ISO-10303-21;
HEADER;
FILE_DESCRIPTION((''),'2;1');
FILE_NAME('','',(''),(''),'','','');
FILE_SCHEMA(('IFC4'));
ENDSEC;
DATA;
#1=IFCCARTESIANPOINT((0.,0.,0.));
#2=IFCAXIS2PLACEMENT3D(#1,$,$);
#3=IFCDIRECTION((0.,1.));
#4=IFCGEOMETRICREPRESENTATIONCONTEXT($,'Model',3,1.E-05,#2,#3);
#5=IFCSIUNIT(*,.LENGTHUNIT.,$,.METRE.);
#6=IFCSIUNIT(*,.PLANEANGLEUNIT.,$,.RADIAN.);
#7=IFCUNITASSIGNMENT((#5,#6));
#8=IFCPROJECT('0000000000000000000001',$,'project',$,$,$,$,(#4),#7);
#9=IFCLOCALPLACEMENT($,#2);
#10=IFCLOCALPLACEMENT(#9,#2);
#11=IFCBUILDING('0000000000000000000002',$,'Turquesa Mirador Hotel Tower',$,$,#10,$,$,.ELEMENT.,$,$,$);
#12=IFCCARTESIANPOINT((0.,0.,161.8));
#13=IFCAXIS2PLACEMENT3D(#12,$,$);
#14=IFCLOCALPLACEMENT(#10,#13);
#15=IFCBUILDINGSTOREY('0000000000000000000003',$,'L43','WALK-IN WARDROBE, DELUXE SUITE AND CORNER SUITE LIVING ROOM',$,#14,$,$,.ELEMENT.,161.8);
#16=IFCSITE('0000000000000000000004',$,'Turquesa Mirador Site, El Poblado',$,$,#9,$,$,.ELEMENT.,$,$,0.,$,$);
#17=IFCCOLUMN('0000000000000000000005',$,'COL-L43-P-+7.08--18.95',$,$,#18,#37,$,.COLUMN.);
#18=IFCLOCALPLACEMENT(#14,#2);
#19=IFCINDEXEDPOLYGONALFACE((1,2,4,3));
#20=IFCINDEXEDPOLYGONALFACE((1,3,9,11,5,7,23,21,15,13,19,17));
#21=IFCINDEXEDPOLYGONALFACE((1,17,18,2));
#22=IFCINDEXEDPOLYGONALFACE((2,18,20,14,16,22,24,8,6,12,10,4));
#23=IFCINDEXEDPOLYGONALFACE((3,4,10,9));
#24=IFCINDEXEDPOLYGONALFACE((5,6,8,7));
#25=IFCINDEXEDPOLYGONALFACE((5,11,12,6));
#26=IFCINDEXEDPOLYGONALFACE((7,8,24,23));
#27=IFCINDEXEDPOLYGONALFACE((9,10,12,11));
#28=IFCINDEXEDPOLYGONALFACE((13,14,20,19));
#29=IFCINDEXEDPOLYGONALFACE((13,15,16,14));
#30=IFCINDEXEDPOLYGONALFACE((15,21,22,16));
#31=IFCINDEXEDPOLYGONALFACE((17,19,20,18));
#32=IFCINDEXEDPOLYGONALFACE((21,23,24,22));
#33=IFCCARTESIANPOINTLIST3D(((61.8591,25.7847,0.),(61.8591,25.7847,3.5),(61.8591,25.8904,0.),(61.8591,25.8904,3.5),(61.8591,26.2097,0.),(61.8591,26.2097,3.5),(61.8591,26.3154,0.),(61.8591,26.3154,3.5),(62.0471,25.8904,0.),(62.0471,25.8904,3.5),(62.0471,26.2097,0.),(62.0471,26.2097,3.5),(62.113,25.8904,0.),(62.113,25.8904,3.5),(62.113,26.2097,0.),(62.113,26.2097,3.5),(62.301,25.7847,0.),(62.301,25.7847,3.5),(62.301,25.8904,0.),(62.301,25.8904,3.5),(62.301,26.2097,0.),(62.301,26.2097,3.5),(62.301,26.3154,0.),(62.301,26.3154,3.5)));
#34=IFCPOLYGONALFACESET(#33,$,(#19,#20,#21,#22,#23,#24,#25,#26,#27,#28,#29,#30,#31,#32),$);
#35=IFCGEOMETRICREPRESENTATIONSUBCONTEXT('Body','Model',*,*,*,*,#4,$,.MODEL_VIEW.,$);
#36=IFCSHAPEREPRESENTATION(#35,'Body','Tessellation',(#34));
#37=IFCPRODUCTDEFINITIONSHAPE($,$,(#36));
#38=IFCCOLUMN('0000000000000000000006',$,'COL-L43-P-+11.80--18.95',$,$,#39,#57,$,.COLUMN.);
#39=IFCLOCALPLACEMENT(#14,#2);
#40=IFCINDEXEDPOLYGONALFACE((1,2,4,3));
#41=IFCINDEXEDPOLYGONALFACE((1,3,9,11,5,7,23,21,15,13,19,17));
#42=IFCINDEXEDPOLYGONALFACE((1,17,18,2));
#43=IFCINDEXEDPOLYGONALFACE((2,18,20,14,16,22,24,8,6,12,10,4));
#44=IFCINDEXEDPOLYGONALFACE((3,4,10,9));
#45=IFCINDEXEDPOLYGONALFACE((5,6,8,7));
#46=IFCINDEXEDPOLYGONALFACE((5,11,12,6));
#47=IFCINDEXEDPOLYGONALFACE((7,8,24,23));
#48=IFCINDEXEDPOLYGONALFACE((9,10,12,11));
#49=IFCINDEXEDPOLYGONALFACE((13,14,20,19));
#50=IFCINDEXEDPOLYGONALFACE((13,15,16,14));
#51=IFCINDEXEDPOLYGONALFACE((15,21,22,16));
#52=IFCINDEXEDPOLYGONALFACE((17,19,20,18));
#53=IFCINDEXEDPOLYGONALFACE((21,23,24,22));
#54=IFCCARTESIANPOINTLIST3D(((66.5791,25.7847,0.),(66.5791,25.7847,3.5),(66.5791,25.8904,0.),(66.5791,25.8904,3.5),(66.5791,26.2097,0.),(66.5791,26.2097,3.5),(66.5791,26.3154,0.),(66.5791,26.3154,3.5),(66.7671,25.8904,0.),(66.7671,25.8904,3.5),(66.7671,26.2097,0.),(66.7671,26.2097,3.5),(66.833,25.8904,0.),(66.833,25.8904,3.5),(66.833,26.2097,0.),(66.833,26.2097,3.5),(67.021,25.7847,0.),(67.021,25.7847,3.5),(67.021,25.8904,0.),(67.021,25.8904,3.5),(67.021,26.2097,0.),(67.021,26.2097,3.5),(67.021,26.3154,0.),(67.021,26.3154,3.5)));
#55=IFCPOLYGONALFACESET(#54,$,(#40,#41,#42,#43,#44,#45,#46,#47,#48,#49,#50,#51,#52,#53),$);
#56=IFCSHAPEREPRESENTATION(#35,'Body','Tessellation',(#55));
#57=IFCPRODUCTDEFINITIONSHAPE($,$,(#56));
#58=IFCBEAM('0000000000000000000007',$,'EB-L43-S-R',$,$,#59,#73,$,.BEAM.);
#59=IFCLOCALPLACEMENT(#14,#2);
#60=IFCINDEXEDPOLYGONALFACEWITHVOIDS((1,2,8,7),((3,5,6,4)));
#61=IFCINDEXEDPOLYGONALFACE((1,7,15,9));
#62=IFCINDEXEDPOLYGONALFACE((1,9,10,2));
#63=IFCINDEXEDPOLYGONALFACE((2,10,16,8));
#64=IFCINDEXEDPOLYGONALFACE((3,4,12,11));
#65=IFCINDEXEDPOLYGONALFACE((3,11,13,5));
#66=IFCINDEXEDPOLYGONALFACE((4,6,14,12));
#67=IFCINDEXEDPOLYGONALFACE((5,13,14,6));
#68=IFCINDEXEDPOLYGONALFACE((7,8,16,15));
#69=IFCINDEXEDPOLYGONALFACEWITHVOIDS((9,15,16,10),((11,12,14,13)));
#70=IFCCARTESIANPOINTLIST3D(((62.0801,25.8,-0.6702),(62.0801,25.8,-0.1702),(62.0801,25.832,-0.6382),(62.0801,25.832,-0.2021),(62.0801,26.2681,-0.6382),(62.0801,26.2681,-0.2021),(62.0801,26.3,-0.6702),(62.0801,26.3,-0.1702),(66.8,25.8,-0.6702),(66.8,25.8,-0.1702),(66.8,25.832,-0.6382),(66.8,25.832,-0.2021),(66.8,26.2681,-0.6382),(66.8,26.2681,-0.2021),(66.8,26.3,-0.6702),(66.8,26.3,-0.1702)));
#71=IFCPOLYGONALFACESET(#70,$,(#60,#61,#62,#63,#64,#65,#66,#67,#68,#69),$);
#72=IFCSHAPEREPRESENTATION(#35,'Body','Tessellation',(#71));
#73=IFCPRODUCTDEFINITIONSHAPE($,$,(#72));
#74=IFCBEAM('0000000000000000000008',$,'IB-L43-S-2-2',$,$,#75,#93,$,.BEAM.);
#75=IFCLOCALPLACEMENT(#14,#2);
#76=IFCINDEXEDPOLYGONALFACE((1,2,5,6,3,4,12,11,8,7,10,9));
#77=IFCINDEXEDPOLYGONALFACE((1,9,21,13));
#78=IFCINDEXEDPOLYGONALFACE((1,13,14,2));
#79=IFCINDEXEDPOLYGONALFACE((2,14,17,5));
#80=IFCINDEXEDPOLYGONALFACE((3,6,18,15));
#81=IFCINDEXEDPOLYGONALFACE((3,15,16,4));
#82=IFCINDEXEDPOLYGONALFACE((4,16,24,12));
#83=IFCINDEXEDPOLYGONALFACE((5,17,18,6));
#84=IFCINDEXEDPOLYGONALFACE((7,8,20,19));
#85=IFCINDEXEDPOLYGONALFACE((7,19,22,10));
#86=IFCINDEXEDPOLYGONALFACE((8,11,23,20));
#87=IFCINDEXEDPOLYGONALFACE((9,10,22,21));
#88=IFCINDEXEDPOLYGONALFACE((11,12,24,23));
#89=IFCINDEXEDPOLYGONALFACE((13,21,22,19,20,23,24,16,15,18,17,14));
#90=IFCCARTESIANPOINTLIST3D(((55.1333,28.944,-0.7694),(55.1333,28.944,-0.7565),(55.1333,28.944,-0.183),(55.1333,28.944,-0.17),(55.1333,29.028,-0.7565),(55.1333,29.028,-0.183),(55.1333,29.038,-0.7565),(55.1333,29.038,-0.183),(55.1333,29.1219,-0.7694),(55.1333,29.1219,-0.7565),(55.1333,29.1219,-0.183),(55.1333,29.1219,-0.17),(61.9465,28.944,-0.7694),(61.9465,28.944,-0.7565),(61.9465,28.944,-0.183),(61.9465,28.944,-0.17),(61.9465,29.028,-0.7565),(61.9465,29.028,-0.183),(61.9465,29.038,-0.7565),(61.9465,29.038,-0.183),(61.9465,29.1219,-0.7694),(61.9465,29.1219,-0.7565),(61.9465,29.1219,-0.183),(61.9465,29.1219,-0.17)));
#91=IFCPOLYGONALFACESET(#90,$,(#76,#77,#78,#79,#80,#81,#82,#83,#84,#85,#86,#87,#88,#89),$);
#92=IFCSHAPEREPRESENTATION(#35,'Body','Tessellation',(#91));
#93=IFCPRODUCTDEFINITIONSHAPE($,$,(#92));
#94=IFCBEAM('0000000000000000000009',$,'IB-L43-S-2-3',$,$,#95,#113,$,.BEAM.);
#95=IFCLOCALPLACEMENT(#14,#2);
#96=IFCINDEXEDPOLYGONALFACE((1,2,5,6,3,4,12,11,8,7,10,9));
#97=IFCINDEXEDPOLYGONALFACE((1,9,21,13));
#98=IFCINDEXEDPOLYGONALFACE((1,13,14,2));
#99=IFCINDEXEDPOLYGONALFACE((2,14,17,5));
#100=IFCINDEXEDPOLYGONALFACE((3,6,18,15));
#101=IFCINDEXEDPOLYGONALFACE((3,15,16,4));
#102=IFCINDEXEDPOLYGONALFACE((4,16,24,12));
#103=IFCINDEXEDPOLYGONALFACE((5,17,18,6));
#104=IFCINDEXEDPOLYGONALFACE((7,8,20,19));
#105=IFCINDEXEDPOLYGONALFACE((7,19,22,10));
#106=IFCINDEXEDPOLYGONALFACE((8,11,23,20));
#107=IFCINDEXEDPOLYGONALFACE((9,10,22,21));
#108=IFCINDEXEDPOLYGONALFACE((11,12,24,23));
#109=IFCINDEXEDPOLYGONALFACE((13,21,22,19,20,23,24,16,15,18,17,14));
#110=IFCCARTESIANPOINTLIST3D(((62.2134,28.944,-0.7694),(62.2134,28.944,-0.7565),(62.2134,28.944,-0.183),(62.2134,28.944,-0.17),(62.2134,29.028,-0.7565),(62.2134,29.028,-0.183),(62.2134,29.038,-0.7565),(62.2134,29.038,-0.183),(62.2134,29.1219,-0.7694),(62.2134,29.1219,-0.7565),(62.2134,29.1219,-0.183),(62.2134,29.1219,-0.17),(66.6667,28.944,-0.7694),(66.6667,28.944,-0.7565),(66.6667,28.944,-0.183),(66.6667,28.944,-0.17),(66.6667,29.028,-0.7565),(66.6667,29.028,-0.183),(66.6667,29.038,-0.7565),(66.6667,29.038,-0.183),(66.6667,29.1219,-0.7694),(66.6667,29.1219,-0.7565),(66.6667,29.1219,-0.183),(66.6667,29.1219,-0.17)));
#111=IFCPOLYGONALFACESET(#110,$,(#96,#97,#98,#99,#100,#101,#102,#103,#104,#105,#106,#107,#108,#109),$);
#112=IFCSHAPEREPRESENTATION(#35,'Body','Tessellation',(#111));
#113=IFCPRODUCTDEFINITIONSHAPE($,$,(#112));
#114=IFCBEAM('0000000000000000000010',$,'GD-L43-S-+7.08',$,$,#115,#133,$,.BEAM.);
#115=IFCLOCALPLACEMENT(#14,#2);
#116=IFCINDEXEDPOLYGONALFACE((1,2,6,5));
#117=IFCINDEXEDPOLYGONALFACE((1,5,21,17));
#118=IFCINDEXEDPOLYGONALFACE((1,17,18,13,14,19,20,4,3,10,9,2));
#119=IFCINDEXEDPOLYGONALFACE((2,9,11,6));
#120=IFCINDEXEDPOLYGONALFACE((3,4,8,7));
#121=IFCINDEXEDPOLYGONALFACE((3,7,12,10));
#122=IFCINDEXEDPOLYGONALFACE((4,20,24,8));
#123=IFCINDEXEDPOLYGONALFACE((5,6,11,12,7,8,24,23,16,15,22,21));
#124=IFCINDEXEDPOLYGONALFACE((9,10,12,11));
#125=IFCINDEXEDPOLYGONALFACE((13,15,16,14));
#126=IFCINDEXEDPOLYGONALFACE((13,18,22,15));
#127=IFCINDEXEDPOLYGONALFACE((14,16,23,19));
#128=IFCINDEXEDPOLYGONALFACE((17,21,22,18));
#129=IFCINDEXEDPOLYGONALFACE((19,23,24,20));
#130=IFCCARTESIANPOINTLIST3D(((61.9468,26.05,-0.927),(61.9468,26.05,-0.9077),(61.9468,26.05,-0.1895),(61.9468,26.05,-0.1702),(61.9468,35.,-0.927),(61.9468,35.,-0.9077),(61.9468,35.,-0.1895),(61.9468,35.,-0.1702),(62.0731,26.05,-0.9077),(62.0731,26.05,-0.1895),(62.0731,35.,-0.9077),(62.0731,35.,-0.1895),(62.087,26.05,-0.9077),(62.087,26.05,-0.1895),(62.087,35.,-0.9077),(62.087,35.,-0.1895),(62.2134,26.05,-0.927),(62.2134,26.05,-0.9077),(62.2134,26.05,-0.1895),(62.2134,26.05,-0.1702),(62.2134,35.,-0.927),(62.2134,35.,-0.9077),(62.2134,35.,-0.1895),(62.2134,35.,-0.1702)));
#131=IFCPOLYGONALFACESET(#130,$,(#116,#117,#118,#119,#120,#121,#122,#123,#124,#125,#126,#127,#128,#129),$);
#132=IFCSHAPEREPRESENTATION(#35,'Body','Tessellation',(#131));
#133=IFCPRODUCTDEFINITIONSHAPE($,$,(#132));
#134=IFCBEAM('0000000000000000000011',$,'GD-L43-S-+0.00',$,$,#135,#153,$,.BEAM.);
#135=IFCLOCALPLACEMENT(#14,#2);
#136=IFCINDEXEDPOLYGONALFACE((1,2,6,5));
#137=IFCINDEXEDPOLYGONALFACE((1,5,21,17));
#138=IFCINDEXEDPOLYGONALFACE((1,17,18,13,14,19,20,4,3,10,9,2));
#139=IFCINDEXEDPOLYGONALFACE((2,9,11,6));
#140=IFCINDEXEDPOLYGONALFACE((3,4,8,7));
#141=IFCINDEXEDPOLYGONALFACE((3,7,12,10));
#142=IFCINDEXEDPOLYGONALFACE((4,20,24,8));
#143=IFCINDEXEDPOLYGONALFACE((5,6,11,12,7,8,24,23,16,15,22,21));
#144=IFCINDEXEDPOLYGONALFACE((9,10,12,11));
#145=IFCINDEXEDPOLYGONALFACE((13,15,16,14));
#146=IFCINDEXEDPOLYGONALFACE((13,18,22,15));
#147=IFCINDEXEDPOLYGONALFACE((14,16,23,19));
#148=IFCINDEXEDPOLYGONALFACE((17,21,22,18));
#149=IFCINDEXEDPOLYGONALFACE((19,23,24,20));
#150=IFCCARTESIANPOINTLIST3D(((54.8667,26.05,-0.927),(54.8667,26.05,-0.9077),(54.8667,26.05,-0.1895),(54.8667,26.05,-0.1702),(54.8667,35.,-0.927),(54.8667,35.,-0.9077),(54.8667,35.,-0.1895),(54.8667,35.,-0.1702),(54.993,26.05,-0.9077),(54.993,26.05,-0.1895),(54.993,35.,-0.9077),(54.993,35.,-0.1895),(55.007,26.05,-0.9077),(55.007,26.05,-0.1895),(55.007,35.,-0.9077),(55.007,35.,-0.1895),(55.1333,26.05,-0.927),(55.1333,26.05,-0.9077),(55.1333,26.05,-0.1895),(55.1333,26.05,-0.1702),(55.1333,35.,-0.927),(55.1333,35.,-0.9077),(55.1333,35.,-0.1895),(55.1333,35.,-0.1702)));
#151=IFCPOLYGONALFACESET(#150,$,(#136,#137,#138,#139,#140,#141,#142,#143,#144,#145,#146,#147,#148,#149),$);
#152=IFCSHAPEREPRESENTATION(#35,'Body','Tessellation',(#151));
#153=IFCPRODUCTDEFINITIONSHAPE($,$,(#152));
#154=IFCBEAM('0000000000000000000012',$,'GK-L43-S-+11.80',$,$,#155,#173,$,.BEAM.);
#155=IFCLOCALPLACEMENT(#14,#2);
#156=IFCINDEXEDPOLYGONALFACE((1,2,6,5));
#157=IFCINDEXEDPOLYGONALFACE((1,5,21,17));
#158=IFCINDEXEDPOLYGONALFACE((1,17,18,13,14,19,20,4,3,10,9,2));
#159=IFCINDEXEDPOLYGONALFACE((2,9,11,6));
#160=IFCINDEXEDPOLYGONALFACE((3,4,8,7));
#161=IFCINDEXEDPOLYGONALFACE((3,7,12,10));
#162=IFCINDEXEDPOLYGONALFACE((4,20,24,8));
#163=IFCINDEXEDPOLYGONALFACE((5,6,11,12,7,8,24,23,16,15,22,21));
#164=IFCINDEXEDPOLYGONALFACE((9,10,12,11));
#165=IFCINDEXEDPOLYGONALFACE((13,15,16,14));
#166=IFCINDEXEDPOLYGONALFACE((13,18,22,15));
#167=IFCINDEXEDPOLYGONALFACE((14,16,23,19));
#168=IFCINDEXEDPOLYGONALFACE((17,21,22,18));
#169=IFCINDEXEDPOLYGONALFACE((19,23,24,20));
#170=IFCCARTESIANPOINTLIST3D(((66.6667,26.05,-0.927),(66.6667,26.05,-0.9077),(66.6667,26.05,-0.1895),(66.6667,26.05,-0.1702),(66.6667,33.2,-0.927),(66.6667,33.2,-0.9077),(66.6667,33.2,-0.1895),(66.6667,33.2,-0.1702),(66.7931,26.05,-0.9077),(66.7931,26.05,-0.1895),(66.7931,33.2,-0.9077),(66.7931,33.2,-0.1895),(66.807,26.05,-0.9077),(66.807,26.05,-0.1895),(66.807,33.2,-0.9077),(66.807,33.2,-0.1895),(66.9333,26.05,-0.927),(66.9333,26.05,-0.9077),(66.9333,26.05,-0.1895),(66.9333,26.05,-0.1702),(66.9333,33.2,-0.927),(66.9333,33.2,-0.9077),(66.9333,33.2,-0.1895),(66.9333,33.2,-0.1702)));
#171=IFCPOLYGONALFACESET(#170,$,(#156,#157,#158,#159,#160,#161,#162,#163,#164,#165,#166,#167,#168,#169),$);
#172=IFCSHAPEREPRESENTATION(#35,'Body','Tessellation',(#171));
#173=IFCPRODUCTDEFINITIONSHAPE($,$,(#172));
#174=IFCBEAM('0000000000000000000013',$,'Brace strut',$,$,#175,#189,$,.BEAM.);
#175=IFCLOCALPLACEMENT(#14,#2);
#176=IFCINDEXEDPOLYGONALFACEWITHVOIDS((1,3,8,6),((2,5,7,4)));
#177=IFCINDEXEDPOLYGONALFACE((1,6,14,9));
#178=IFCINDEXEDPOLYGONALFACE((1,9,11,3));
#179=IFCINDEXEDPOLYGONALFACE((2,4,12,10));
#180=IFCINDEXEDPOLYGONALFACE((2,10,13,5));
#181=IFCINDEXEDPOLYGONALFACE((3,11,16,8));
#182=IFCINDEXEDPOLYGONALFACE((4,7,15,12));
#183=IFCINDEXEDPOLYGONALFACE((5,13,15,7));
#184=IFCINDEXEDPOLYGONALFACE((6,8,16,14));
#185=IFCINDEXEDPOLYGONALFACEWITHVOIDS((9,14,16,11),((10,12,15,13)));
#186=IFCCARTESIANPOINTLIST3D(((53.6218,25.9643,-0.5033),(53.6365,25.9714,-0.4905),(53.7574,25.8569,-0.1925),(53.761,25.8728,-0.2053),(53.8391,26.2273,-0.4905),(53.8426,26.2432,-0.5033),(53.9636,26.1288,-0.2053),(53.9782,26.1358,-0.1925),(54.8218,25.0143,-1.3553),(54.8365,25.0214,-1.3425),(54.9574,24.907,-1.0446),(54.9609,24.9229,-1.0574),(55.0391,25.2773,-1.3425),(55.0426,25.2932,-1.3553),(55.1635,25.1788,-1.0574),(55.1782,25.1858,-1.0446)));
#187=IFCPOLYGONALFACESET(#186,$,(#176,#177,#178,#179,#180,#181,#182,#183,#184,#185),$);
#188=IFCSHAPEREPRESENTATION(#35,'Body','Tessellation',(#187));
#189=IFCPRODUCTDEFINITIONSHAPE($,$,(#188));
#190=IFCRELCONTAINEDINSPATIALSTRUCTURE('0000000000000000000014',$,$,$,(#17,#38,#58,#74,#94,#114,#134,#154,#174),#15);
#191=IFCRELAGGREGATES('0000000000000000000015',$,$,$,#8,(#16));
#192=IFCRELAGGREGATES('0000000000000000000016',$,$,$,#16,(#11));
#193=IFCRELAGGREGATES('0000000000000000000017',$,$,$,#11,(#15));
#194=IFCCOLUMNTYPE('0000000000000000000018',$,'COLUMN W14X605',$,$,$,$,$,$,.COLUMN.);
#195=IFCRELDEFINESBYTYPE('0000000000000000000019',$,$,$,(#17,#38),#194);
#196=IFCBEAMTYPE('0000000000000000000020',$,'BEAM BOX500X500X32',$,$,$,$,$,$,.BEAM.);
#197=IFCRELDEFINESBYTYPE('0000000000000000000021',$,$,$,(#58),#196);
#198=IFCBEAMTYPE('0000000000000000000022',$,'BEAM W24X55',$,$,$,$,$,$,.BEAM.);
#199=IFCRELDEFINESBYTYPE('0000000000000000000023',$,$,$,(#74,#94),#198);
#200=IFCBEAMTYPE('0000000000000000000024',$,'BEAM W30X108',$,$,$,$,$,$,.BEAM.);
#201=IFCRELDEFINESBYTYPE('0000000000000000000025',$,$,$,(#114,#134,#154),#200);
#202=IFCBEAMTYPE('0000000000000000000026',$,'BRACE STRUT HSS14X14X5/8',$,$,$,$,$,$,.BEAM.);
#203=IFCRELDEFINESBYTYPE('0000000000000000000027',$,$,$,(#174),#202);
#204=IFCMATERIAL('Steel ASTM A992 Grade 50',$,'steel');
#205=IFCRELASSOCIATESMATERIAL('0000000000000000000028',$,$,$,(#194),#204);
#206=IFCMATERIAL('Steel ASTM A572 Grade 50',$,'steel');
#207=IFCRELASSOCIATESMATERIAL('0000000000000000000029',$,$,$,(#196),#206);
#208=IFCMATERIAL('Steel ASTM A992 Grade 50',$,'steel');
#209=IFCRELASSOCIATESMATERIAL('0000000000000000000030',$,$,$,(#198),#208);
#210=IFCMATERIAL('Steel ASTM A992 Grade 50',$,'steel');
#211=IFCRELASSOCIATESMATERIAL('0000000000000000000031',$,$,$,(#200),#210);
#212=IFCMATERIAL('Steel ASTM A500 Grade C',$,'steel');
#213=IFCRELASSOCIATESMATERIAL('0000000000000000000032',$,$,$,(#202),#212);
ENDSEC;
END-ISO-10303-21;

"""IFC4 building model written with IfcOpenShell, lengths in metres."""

from ifc_helpers import new_model, si_unit, direction, frame, origin, origin_2d, place, context, subcontext, project, spatial, hollow_rectangle, i_section, extrude, material, material_profile, profile_set, type_object, element, save


model = new_model("IFC4")

# Units and contexts
model_context = context("Model", 3, precision=1e-05, world=origin(), true_north=direction((0.0, 1.0)))
body_context = subcontext(model_context, "Body", "Model", "MODEL_VIEW")
ifc_project = project(units=[si_unit("LENGTHUNIT", "METRE"), si_unit("PLANEANGLEUNIT", "RADIAN")], contexts=[model_context])

# Site, building, storey
site_placement = place(None, origin())
site = spatial("IfcSite", under=ifc_project, at=site_placement, Name="Turquesa Mirador Site, El Poblado", CompositionType="ELEMENT", RefElevation=0.0)
building_placement = place(site_placement, origin())
building = spatial("IfcBuilding", under=site, at=building_placement, Name="Turquesa Mirador Hotel Tower", CompositionType="ELEMENT")
storey_placement = place(building_placement, frame((0.0, 0.0, 161.8)))
storey = spatial("IfcBuildingStorey", under=building, at=storey_placement, Name="L43", Description="WALK-IN WARDROBE, DELUXE SUITE AND CORNER SUITE LIVING ROOM", CompositionType="ELEMENT", Elevation=161.8)

# Columns
ifc_material_1 = material(Name="Steel ASTM A992 Grade 50", Category="steel")
ifc_material_profile_1 = material_profile(ifc_material_1, i_section(OverallWidth=0.4419, OverallDepth=0.5308, WebThickness=0.0659, FlangeThickness=0.1057, at=origin_2d()), Name="W14X605")
ifc_profile_set_1 = profile_set([ifc_material_profile_1], Name="Steel ASTM A992 Grade 50")
column_type = type_object("IfcColumnType", Name="COLUMN W14X605", PredefinedType="COLUMN", material=ifc_profile_set_1)
for number, where, z_axis, x_axis, name in (
    (1, (62.0801, 26.05, 0.0), (0.0, 0.0, 1.0), (1.0, 0.0, 0.0), "COL-L43-P-+7.08--18.95"),
    (2, (66.8, 26.05, 0.0), (0.0, 0.0, 1.0), (1.0, 0.0, 0.0), "COL-L43-P-+11.80--18.95"),
):
    element("IfcColumn", number, at=place(storey_placement, frame(where, z_axis=z_axis, x_axis=x_axis)), inside=storey, type_object=column_type, Name=name, PredefinedType="COLUMN", context=body_context, shape_type="SweptSolid", body=[
        extrude(i_section(OverallWidth=0.4419, OverallDepth=0.5308, WebThickness=0.0659, FlangeThickness=0.1057, at=origin_2d()), origin(), (0.0, 0.0, 1.0), 3.5),
    ])

# Beams
ifc_material_2 = material(Name="Steel ASTM A572 Grade 50", Category="steel")
ifc_material_profile_2 = material_profile(ifc_material_2, hollow_rectangle(XDim=0.5, YDim=0.5, WallThickness=0.032, at=origin_2d()), Name="BOX500X500X32")
ifc_profile_set_2 = profile_set([ifc_material_profile_2], Name="Steel ASTM A572 Grade 50")
beam_type_1 = type_object("IfcBeamType", Name="BEAM BOX500X500X32", PredefinedType="BEAM", material=ifc_profile_set_2)
beam_1_placement = place(storey_placement, frame((62.0801, 26.05, -0.4202), z_axis=(1.0, 0.0, 0.0), x_axis=(0.0, 1.0, 0.0)))
element("IfcBeam", 3, at=beam_1_placement, inside=storey, type_object=beam_type_1, Name="EB-L43-S-R", PredefinedType="BEAM", context=body_context, shape_type="SweptSolid", body=[
    extrude(hollow_rectangle(XDim=0.5, YDim=0.5, WallThickness=0.032, at=origin_2d()), origin(), (0.0, 0.0, 1.0), 4.72),
])
ifc_material_3 = material(Name="Steel ASTM A992 Grade 50", Category="steel")
ifc_material_profile_3 = material_profile(ifc_material_3, i_section(OverallWidth=0.178, OverallDepth=0.5994, WebThickness=0.01, FlangeThickness=0.0129, at=origin_2d()), Name="W24X55")
ifc_profile_set_3 = profile_set([ifc_material_profile_3], Name="Steel ASTM A992 Grade 50")
beam_type_2 = type_object("IfcBeamType", Name="BEAM W24X55", PredefinedType="BEAM", material=ifc_profile_set_3)
beam_2_placement = place(storey_placement, frame((55.1333, 29.033, -0.4697), z_axis=(1.0, 0.0, 0.0), x_axis=(0.0, 1.0, 0.0)))
element("IfcBeam", 4, at=beam_2_placement, inside=storey, type_object=beam_type_2, Name="IB-L43-S-2-2", PredefinedType="BEAM", context=body_context, shape_type="SweptSolid", body=[
    extrude(i_section(OverallWidth=0.178, OverallDepth=0.5994, WebThickness=0.01, FlangeThickness=0.0129, at=origin_2d()), origin(), (0.0, 0.0, 1.0), 6.8132),
])
beam_3_placement = place(storey_placement, frame((62.2134, 29.033, -0.4697), z_axis=(1.0, 0.0, 0.0), x_axis=(0.0, 1.0, 0.0)))
element("IfcBeam", 5, at=beam_3_placement, inside=storey, type_object=beam_type_2, Name="IB-L43-S-2-3", PredefinedType="BEAM", context=body_context, shape_type="SweptSolid", body=[
    extrude(i_section(OverallWidth=0.178, OverallDepth=0.5994, WebThickness=0.01, FlangeThickness=0.0129, at=origin_2d()), origin(), (0.0, 0.0, 1.0), 4.4534),
])
ifc_material_4 = material(Name="Steel ASTM A992 Grade 50", Category="steel")
ifc_material_profile_4 = material_profile(ifc_material_4, i_section(OverallWidth=0.2666, OverallDepth=0.7568, WebThickness=0.0139, FlangeThickness=0.0193, at=origin_2d()), Name="W30X108")
ifc_profile_set_4 = profile_set([ifc_material_profile_4], Name="Steel ASTM A992 Grade 50")
beam_type_3 = type_object("IfcBeamType", Name="BEAM W30X108", PredefinedType="BEAM", material=ifc_profile_set_4)
for number, where, z_axis, x_axis, name in (
    (6, (62.0801, 26.05, -0.5486), (0.0, 1.0, 0.0), (-1.0, 0.0, 0.0), "GD-L43-S-+7.08"),
    (7, (55.0, 26.05, -0.5486), (0.0, 1.0, 0.0), (-1.0, 0.0, 0.0), "GD-L43-S-+0.00"),
):
    element("IfcBeam", number, at=place(storey_placement, frame(where, z_axis=z_axis, x_axis=x_axis)), inside=storey, type_object=beam_type_3, Name=name, PredefinedType="BEAM", context=body_context, shape_type="SweptSolid", body=[
        extrude(i_section(OverallWidth=0.2666, OverallDepth=0.7568, WebThickness=0.0139, FlangeThickness=0.0193, at=origin_2d()), origin(), (0.0, 0.0, 1.0), 8.95),
    ])
beam_4_placement = place(storey_placement, frame((66.8, 26.05, -0.5486), z_axis=(0.0, 1.0, 0.0), x_axis=(-1.0, 0.0, 0.0)))
element("IfcBeam", 8, at=beam_4_placement, inside=storey, type_object=beam_type_3, Name="GK-L43-S-+11.80", PredefinedType="BEAM", context=body_context, shape_type="SweptSolid", body=[
    extrude(i_section(OverallWidth=0.2666, OverallDepth=0.7568, WebThickness=0.0139, FlangeThickness=0.0193, at=origin_2d()), origin(), (0.0, 0.0, 1.0), 7.1499),
])
ifc_material_5 = material(Name="Steel ASTM A500 Grade C", Category="steel")
ifc_material_profile_5 = material_profile(ifc_material_5, hollow_rectangle(XDim=0.3557, YDim=0.3557, WallThickness=0.0146, at=origin_2d()), Name="HSS14X14X5/8")
ifc_profile_set_5 = profile_set([ifc_material_profile_5], Name="Steel ASTM A500 Grade C")
beam_type_4 = type_object("IfcBeamType", Name="BRACE STRUT HSS14X14X5/8", PredefinedType="BEAM", material=ifc_profile_set_5)
for number, where, z_axis, x_axis, name in (
    (9, (55.0, 25.1001, -1.2), (-0.68504, 0.542318, 0.486427), (-0.620699, -0.784049, 0.0), "Brace strut"),
):
    element("IfcBeam", number, at=place(storey_placement, frame(where, z_axis=z_axis, x_axis=x_axis)), inside=storey, type_object=beam_type_4, Name=name, PredefinedType="BEAM", context=body_context, shape_type="SweptSolid", body=[
        extrude(hollow_rectangle(XDim=0.3557, YDim=0.3557, WallThickness=0.0146, at=origin_2d()), origin(), (0.0, 0.0, 1.0), 1.7517),
    ])

save(model, "model.ifc")
